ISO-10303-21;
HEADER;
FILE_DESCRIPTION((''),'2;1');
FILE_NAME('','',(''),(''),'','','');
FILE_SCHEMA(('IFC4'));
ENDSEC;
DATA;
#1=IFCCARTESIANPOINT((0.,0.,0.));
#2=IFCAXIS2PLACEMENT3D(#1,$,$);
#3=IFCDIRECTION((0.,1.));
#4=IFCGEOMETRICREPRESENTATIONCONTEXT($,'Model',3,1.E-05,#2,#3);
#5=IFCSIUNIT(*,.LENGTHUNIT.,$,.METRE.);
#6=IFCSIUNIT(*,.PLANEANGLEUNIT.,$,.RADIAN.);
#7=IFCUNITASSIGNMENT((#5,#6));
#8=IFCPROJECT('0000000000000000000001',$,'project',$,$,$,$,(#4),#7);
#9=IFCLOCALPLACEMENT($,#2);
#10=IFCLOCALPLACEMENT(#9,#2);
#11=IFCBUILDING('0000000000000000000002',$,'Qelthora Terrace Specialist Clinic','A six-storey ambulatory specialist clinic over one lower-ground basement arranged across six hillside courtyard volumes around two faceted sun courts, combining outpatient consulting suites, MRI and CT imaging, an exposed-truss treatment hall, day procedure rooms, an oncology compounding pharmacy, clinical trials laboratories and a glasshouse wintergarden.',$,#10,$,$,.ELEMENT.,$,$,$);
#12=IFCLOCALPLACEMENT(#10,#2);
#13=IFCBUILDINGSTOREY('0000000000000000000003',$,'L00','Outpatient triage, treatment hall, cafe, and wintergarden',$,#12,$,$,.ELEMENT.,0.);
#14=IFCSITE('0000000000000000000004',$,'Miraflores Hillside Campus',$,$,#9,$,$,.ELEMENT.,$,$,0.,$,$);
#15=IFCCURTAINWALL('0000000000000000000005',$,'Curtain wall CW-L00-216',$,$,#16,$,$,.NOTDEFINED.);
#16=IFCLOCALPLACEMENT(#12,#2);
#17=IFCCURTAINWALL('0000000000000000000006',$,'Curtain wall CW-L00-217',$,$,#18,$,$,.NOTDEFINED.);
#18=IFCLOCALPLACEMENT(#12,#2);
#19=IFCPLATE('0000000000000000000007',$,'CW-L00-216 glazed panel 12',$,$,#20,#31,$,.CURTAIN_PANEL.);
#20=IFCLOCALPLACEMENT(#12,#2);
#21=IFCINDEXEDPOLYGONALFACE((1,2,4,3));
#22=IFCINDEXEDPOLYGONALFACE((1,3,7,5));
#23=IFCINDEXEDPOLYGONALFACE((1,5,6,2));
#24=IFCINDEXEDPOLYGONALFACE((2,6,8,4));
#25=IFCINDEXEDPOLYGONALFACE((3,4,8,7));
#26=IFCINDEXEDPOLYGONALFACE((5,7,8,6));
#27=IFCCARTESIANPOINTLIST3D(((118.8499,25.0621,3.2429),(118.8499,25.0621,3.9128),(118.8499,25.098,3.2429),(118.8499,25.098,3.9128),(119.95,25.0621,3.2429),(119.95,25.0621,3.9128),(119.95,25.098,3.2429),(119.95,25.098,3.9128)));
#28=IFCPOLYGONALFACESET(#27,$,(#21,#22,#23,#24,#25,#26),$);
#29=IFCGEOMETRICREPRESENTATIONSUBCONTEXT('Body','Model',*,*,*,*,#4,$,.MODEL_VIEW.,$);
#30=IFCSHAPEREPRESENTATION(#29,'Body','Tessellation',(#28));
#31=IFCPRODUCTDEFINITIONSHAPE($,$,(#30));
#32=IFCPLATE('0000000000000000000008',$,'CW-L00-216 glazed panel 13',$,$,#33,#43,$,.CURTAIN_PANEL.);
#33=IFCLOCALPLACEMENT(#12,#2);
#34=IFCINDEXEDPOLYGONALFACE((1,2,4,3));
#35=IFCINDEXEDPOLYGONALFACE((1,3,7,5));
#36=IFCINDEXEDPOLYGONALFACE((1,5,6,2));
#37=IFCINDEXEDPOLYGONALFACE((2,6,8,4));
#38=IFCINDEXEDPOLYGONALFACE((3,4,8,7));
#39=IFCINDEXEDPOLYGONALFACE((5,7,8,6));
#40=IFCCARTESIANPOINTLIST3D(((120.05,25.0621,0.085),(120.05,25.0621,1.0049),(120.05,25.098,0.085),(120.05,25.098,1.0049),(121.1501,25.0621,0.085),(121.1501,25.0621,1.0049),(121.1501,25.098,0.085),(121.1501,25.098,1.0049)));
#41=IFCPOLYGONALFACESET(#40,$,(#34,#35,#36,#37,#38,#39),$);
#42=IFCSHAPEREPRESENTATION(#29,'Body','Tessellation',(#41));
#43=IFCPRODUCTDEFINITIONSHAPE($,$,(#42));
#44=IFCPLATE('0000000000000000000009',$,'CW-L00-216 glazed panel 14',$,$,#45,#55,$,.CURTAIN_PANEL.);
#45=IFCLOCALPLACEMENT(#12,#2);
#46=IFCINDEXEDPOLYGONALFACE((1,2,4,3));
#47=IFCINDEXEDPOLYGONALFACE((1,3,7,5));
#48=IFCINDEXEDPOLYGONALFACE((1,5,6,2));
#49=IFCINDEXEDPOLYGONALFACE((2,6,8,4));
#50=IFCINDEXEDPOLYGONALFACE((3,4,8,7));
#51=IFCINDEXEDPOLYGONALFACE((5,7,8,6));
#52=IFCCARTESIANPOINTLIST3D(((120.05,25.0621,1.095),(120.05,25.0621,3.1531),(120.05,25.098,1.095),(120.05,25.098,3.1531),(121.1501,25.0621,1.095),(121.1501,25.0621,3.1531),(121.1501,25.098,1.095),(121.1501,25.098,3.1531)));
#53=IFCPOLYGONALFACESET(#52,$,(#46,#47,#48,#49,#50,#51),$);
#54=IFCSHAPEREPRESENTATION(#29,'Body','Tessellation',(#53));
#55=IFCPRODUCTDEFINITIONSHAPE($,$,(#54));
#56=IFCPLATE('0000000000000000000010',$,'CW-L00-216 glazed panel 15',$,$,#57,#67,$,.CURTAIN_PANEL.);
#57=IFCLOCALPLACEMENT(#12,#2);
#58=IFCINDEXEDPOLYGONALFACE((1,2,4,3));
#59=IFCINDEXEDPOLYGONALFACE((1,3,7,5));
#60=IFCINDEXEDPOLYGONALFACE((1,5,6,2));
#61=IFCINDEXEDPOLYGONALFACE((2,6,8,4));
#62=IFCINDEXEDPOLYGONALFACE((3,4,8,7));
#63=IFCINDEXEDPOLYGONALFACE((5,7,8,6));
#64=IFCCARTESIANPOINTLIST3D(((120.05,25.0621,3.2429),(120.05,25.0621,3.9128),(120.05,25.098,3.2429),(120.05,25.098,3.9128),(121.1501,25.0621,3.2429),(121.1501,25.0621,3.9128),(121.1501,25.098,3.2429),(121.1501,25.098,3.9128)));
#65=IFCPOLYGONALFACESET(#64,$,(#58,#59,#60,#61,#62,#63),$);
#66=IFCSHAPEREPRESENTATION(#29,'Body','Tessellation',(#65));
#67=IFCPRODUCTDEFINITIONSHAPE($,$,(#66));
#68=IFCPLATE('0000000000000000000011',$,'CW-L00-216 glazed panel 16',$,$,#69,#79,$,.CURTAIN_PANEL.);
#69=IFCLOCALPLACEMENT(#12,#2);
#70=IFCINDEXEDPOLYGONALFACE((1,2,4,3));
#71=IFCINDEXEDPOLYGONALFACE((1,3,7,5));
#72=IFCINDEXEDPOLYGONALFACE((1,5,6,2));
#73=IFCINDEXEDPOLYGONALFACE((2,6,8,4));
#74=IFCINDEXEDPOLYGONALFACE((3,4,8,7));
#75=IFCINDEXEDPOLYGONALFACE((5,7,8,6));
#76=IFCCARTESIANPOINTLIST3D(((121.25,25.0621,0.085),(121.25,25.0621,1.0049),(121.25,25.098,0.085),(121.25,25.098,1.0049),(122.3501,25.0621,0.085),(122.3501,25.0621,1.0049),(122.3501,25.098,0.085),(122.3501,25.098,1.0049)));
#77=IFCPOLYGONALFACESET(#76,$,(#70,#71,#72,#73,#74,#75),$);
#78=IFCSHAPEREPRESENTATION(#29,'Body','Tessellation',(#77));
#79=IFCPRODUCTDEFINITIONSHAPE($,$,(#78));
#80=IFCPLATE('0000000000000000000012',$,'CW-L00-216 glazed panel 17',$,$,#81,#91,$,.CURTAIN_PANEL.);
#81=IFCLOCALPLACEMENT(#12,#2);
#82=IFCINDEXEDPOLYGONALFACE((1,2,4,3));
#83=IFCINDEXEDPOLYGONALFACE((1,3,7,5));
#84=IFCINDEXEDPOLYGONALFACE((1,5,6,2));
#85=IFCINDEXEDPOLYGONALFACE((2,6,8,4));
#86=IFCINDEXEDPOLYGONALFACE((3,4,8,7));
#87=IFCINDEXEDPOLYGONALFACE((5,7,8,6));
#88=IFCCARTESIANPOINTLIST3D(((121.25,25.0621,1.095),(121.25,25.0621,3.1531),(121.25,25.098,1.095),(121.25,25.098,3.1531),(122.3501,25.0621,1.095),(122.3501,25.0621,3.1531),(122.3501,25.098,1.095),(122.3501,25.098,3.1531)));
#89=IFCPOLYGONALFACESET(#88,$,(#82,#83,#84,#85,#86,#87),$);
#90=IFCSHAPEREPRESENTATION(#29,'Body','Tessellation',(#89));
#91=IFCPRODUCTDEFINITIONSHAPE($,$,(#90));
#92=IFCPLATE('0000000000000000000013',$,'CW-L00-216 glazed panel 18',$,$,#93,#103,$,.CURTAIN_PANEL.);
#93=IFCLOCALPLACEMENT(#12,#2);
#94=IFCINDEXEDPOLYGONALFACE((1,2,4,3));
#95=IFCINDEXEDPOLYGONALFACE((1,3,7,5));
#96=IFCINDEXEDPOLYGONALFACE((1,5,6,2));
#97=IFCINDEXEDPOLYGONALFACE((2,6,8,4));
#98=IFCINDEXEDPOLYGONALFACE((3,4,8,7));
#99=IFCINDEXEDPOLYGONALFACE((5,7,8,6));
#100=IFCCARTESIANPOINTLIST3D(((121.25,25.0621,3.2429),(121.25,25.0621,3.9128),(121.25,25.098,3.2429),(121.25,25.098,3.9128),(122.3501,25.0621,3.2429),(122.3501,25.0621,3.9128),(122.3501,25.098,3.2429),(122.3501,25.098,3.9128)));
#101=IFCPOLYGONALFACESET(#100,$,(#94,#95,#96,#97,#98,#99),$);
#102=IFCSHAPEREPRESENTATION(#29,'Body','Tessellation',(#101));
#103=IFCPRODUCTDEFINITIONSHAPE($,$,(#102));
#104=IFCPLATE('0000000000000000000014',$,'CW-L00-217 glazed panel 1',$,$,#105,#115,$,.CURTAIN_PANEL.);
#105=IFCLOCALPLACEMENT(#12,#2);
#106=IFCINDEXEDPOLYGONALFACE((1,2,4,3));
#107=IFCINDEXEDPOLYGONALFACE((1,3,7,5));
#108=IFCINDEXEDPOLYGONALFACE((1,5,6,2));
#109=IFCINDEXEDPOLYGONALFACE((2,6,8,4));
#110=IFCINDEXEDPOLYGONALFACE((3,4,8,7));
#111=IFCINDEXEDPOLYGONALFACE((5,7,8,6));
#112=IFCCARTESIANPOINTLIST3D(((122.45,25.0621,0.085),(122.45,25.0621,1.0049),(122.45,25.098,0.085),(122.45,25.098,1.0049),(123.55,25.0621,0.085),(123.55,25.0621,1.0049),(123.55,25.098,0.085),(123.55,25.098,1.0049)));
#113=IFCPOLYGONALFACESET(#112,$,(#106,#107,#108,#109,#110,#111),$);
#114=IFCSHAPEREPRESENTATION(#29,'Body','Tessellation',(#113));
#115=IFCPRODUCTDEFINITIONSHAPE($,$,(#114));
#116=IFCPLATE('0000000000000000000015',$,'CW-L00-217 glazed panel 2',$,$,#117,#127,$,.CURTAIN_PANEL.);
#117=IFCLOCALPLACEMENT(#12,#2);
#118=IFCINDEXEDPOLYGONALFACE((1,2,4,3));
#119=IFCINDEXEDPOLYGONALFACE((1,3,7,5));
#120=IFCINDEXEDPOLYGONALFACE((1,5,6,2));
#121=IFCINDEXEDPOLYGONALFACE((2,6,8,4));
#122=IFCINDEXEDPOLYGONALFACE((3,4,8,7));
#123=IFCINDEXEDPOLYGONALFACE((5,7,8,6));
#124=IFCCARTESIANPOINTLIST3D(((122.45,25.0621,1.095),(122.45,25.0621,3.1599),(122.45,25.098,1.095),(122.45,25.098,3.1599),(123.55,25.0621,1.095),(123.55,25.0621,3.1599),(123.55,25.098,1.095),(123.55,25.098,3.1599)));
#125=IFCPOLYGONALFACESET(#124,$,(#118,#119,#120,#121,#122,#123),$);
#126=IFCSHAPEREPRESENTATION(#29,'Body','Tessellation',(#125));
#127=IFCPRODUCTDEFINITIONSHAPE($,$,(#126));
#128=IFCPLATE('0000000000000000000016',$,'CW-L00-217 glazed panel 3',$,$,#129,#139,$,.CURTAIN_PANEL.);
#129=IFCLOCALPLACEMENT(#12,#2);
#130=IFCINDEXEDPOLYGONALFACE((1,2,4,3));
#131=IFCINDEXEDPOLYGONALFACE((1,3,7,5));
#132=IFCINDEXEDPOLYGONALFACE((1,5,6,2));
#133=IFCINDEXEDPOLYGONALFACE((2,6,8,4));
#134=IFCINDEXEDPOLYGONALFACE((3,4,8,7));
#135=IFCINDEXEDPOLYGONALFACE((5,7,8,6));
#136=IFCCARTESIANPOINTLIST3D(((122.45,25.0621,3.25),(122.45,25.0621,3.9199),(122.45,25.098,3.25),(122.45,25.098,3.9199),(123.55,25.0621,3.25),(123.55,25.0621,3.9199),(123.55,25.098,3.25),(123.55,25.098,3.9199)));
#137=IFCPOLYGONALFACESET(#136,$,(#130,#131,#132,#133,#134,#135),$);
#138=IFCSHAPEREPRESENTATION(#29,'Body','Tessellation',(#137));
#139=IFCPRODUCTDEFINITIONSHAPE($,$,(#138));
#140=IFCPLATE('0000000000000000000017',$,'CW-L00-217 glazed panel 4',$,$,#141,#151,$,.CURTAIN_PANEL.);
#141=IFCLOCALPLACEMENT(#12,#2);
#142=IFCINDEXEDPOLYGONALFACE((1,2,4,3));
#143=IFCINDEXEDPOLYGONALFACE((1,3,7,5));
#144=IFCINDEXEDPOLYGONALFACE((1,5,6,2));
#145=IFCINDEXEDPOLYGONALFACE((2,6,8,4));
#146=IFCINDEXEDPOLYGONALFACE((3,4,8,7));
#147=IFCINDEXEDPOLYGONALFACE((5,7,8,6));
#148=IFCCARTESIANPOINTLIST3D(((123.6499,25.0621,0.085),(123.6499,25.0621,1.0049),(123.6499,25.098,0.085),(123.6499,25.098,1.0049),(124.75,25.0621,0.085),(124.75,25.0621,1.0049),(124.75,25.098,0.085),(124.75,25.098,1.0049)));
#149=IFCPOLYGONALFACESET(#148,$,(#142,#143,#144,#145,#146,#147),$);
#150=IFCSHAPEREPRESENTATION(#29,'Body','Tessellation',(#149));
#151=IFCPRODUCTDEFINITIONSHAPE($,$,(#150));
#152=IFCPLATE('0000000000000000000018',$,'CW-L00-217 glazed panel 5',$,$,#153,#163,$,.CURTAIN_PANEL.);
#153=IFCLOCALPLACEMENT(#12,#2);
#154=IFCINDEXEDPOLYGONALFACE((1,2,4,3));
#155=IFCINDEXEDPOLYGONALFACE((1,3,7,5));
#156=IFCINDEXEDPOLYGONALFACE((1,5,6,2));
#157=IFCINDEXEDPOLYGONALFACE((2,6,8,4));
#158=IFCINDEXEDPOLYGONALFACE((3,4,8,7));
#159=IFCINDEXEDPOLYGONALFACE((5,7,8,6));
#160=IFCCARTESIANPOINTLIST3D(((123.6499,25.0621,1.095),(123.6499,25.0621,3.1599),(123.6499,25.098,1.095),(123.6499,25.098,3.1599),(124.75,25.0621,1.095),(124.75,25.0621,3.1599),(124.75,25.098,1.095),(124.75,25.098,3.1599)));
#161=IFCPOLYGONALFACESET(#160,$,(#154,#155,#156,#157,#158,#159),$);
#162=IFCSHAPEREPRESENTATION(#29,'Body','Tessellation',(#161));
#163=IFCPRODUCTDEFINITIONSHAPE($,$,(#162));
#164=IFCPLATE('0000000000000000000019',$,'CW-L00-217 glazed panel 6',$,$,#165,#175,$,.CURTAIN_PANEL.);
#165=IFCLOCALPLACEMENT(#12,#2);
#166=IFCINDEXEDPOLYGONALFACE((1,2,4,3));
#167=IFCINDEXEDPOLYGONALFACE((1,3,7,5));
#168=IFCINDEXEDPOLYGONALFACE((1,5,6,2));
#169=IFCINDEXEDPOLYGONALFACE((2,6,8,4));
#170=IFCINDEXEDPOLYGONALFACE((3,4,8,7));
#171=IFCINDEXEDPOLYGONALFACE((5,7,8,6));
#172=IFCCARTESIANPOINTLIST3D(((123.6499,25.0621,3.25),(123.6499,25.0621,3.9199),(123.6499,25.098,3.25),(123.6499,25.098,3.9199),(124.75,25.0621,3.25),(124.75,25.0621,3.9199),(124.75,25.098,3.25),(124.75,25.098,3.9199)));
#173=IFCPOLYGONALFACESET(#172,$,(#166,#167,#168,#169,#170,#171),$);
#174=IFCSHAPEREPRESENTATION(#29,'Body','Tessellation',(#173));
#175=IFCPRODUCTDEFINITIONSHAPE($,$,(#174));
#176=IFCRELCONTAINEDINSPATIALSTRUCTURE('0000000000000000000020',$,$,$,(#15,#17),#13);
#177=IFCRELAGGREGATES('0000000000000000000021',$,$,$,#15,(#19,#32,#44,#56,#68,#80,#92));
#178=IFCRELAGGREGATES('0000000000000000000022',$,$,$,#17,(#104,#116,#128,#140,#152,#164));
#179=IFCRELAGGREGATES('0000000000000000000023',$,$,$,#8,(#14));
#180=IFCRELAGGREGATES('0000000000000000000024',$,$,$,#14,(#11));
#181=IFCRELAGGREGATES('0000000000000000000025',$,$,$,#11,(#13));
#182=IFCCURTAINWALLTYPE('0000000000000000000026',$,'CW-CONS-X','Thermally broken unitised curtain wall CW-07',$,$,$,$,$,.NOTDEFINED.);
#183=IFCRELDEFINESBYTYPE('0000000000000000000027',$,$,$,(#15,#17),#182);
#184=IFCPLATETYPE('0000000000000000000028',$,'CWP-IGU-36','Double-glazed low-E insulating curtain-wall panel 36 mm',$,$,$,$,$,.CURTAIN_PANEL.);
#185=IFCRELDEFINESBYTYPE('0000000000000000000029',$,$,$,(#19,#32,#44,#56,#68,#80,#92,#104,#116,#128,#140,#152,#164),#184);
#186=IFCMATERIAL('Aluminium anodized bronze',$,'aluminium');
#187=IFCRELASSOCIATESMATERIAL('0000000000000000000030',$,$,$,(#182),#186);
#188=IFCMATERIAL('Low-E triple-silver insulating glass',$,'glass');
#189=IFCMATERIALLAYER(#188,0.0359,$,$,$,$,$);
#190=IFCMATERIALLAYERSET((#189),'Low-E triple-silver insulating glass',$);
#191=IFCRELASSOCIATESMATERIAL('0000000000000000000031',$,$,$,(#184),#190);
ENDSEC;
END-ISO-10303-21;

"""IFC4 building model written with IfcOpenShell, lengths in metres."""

from ifc_helpers import new_model, si_unit, direction, frame, origin, origin_2d, place, context, subcontext, project, spatial, rectangle, extrude, material, layer, layer_set, type_object, element, aggregate, save


model = new_model("IFC4")

# Units and contexts
model_context = context("Model", 3, precision=1e-05, world=origin(), true_north=direction((0.0, 1.0)))
body_context = subcontext(model_context, "Body", "Model", "MODEL_VIEW")
ifc_project = project(units=[si_unit("LENGTHUNIT", "METRE"), si_unit("PLANEANGLEUNIT", "RADIAN")], contexts=[model_context])

# Site, building, storey
site_placement = place(None, origin())
site = spatial("IfcSite", under=ifc_project, at=site_placement, Name="Miraflores Hillside Campus", CompositionType="ELEMENT", RefElevation=0.0)
building_placement = place(site_placement, origin())
building = spatial("IfcBuilding", under=site, at=building_placement, Name="Qelthora Terrace Specialist Clinic", Description="A six-storey ambulatory specialist clinic over one lower-ground basement arranged across six hillside courtyard volumes around two faceted sun courts, combining outpatient consulting suites, MRI and CT imaging, an exposed-truss treatment hall, day procedure rooms, an oncology compounding pharmacy, clinical trials laboratories and a glasshouse wintergarden.", CompositionType="ELEMENT")
storey_placement = place(building_placement, origin())
storey = spatial("IfcBuildingStorey", under=building, at=storey_placement, Name="L00", Description="Outpatient triage, treatment hall, cafe, and wintergarden", CompositionType="ELEMENT", Elevation=0.0)

# Curtain walls
ifc_material_1 = material(Name="Aluminium anodized bronze", Category="aluminium")
curtain_wall_type = type_object("IfcCurtainWallType", Name="CW-CONS-X", Description="Thermally broken unitised curtain wall CW-07", PredefinedType="NOTDEFINED", material=ifc_material_1)
curtain_wall_1_placement = place(storey_placement, origin())
curtain_wall_1 = element("IfcCurtainWall", 1, at=curtain_wall_1_placement, inside=storey, type_object=curtain_wall_type, Name="Curtain wall CW-L00-216", PredefinedType="NOTDEFINED")
curtain_wall_2_placement = place(storey_placement, origin())
curtain_wall_2 = element("IfcCurtainWall", 2, at=curtain_wall_2_placement, inside=storey, type_object=curtain_wall_type, Name="Curtain wall CW-L00-217", PredefinedType="NOTDEFINED")

# Plates
ifc_material_2 = material(Name="Low-E triple-silver insulating glass", Category="glass")
ifc_layer = layer(ifc_material_2, 0.0359)
ifc_layer_set = layer_set([ifc_layer], Name="Low-E triple-silver insulating glass")
plate_type = type_object("IfcPlateType", Name="CWP-IGU-36", Description="Double-glazed low-E insulating curtain-wall panel 36 mm", PredefinedType="CURTAIN_PANEL", material=ifc_layer_set)
plate_1_placement = place(storey_placement, frame((119.3999, 25.0801, 3.2429), z_axis=(0.0, 0.0, 1.0), x_axis=(1.0, 0.0, 0.0)))
plate_1 = element("IfcPlate", 3, at=plate_1_placement, type_object=plate_type, Name="CW-L00-216 glazed panel 12", PredefinedType="CURTAIN_PANEL", context=body_context, shape_type="SweptSolid", body=[
    extrude(rectangle(XDim=1.1001, YDim=0.0359, at=origin_2d()), origin(), (0.0, 0.0, 1.0), 0.6699),
])
plate_2_placement = place(storey_placement, frame((120.6001, 25.0801, 0.085), z_axis=(0.0, 0.0, 1.0), x_axis=(1.0, 0.0, 0.0)))
plate_2 = element("IfcPlate", 4, at=plate_2_placement, type_object=plate_type, Name="CW-L00-216 glazed panel 13", PredefinedType="CURTAIN_PANEL", context=body_context, shape_type="SweptSolid", body=[
    extrude(rectangle(XDim=1.1001, YDim=0.0359, at=origin_2d()), origin(), (0.0, 0.0, 1.0), 0.9199),
])
plate_3_placement = place(storey_placement, frame((120.6001, 25.0801, 1.095), z_axis=(0.0, 0.0, 1.0), x_axis=(1.0, 0.0, 0.0)))
plate_3 = element("IfcPlate", 5, at=plate_3_placement, type_object=plate_type, Name="CW-L00-216 glazed panel 14", PredefinedType="CURTAIN_PANEL", context=body_context, shape_type="SweptSolid", body=[
    extrude(rectangle(XDim=1.1001, YDim=0.0359, at=origin_2d()), origin(), (0.0, 0.0, 1.0), 2.0581),
])
plate_4_placement = place(storey_placement, frame((120.6001, 25.0801, 3.2429), z_axis=(0.0, 0.0, 1.0), x_axis=(1.0, 0.0, 0.0)))
plate_4 = element("IfcPlate", 6, at=plate_4_placement, type_object=plate_type, Name="CW-L00-216 glazed panel 15", PredefinedType="CURTAIN_PANEL", context=body_context, shape_type="SweptSolid", body=[
    extrude(rectangle(XDim=1.1001, YDim=0.0359, at=origin_2d()), origin(), (0.0, 0.0, 1.0), 0.6699),
])
plate_5_placement = place(storey_placement, frame((121.8, 25.0801, 0.085), z_axis=(0.0, 0.0, 1.0), x_axis=(1.0, 0.0, 0.0)))
plate_5 = element("IfcPlate", 7, at=plate_5_placement, type_object=plate_type, Name="CW-L00-216 glazed panel 16", PredefinedType="CURTAIN_PANEL", context=body_context, shape_type="SweptSolid", body=[
    extrude(rectangle(XDim=1.1001, YDim=0.0359, at=origin_2d()), origin(), (0.0, 0.0, 1.0), 0.9199),
])
plate_6_placement = place(storey_placement, frame((121.8, 25.0801, 1.095), z_axis=(0.0, 0.0, 1.0), x_axis=(1.0, 0.0, 0.0)))
plate_6 = element("IfcPlate", 8, at=plate_6_placement, type_object=plate_type, Name="CW-L00-216 glazed panel 17", PredefinedType="CURTAIN_PANEL", context=body_context, shape_type="SweptSolid", body=[
    extrude(rectangle(XDim=1.1001, YDim=0.0359, at=origin_2d()), origin(), (0.0, 0.0, 1.0), 2.0581),
])
plate_7_placement = place(storey_placement, frame((121.8, 25.0801, 3.2429), z_axis=(0.0, 0.0, 1.0), x_axis=(1.0, 0.0, 0.0)))
plate_7 = element("IfcPlate", 9, at=plate_7_placement, type_object=plate_type, Name="CW-L00-216 glazed panel 18", PredefinedType="CURTAIN_PANEL", context=body_context, shape_type="SweptSolid", body=[
    extrude(rectangle(XDim=1.1001, YDim=0.0359, at=origin_2d()), origin(), (0.0, 0.0, 1.0), 0.6699),
])
aggregate(curtain_wall_1, [plate_1, plate_2, plate_3, plate_4, plate_5, plate_6, plate_7])
plate_8_placement = place(storey_placement, frame((123.0, 25.0801, 0.085), z_axis=(0.0, 0.0, 1.0), x_axis=(1.0, 0.0, 0.0)))
plate_8 = element("IfcPlate", 10, at=plate_8_placement, type_object=plate_type, Name="CW-L00-217 glazed panel 1", PredefinedType="CURTAIN_PANEL", context=body_context, shape_type="SweptSolid", body=[
    extrude(rectangle(XDim=1.1001, YDim=0.0359, at=origin_2d()), origin(), (0.0, 0.0, 1.0), 0.9199),
])
plate_9_placement = place(storey_placement, frame((123.0, 25.0801, 1.095), z_axis=(0.0, 0.0, 1.0), x_axis=(1.0, 0.0, 0.0)))
plate_9 = element("IfcPlate", 11, at=plate_9_placement, type_object=plate_type, Name="CW-L00-217 glazed panel 2", PredefinedType="CURTAIN_PANEL", context=body_context, shape_type="SweptSolid", body=[
    extrude(rectangle(XDim=1.1001, YDim=0.0359, at=origin_2d()), origin(), (0.0, 0.0, 1.0), 2.0649),
])
plate_10_placement = place(storey_placement, frame((123.0, 25.0801, 3.25), z_axis=(0.0, 0.0, 1.0), x_axis=(1.0, 0.0, 0.0)))
plate_10 = element("IfcPlate", 12, at=plate_10_placement, type_object=plate_type, Name="CW-L00-217 glazed panel 3", PredefinedType="CURTAIN_PANEL", context=body_context, shape_type="SweptSolid", body=[
    extrude(rectangle(XDim=1.1001, YDim=0.0359, at=origin_2d()), origin(), (0.0, 0.0, 1.0), 0.6699),
])
plate_11_placement = place(storey_placement, frame((124.2, 25.0801, 0.085), z_axis=(0.0, 0.0, 1.0), x_axis=(1.0, 0.0, 0.0)))
plate_11 = element("IfcPlate", 13, at=plate_11_placement, type_object=plate_type, Name="CW-L00-217 glazed panel 4", PredefinedType="CURTAIN_PANEL", context=body_context, shape_type="SweptSolid", body=[
    extrude(rectangle(XDim=1.1001, YDim=0.0359, at=origin_2d()), origin(), (0.0, 0.0, 1.0), 0.9199),
])
plate_12_placement = place(storey_placement, frame((124.2, 25.0801, 1.095), z_axis=(0.0, 0.0, 1.0), x_axis=(1.0, 0.0, 0.0)))
plate_12 = element("IfcPlate", 14, at=plate_12_placement, type_object=plate_type, Name="CW-L00-217 glazed panel 5", PredefinedType="CURTAIN_PANEL", context=body_context, shape_type="SweptSolid", body=[
    extrude(rectangle(XDim=1.1001, YDim=0.0359, at=origin_2d()), origin(), (0.0, 0.0, 1.0), 2.0649),
])
plate_13_placement = place(storey_placement, frame((124.2, 25.0801, 3.25), z_axis=(0.0, 0.0, 1.0), x_axis=(1.0, 0.0, 0.0)))
plate_13 = element("IfcPlate", 15, at=plate_13_placement, type_object=plate_type, Name="CW-L00-217 glazed panel 6", PredefinedType="CURTAIN_PANEL", context=body_context, shape_type="SweptSolid", body=[
    extrude(rectangle(XDim=1.1001, YDim=0.0359, at=origin_2d()), origin(), (0.0, 0.0, 1.0), 0.6699),
])
aggregate(curtain_wall_2, [plate_8, plate_9, plate_10, plate_11, plate_12, plate_13])

save(model, "model.ifc")
